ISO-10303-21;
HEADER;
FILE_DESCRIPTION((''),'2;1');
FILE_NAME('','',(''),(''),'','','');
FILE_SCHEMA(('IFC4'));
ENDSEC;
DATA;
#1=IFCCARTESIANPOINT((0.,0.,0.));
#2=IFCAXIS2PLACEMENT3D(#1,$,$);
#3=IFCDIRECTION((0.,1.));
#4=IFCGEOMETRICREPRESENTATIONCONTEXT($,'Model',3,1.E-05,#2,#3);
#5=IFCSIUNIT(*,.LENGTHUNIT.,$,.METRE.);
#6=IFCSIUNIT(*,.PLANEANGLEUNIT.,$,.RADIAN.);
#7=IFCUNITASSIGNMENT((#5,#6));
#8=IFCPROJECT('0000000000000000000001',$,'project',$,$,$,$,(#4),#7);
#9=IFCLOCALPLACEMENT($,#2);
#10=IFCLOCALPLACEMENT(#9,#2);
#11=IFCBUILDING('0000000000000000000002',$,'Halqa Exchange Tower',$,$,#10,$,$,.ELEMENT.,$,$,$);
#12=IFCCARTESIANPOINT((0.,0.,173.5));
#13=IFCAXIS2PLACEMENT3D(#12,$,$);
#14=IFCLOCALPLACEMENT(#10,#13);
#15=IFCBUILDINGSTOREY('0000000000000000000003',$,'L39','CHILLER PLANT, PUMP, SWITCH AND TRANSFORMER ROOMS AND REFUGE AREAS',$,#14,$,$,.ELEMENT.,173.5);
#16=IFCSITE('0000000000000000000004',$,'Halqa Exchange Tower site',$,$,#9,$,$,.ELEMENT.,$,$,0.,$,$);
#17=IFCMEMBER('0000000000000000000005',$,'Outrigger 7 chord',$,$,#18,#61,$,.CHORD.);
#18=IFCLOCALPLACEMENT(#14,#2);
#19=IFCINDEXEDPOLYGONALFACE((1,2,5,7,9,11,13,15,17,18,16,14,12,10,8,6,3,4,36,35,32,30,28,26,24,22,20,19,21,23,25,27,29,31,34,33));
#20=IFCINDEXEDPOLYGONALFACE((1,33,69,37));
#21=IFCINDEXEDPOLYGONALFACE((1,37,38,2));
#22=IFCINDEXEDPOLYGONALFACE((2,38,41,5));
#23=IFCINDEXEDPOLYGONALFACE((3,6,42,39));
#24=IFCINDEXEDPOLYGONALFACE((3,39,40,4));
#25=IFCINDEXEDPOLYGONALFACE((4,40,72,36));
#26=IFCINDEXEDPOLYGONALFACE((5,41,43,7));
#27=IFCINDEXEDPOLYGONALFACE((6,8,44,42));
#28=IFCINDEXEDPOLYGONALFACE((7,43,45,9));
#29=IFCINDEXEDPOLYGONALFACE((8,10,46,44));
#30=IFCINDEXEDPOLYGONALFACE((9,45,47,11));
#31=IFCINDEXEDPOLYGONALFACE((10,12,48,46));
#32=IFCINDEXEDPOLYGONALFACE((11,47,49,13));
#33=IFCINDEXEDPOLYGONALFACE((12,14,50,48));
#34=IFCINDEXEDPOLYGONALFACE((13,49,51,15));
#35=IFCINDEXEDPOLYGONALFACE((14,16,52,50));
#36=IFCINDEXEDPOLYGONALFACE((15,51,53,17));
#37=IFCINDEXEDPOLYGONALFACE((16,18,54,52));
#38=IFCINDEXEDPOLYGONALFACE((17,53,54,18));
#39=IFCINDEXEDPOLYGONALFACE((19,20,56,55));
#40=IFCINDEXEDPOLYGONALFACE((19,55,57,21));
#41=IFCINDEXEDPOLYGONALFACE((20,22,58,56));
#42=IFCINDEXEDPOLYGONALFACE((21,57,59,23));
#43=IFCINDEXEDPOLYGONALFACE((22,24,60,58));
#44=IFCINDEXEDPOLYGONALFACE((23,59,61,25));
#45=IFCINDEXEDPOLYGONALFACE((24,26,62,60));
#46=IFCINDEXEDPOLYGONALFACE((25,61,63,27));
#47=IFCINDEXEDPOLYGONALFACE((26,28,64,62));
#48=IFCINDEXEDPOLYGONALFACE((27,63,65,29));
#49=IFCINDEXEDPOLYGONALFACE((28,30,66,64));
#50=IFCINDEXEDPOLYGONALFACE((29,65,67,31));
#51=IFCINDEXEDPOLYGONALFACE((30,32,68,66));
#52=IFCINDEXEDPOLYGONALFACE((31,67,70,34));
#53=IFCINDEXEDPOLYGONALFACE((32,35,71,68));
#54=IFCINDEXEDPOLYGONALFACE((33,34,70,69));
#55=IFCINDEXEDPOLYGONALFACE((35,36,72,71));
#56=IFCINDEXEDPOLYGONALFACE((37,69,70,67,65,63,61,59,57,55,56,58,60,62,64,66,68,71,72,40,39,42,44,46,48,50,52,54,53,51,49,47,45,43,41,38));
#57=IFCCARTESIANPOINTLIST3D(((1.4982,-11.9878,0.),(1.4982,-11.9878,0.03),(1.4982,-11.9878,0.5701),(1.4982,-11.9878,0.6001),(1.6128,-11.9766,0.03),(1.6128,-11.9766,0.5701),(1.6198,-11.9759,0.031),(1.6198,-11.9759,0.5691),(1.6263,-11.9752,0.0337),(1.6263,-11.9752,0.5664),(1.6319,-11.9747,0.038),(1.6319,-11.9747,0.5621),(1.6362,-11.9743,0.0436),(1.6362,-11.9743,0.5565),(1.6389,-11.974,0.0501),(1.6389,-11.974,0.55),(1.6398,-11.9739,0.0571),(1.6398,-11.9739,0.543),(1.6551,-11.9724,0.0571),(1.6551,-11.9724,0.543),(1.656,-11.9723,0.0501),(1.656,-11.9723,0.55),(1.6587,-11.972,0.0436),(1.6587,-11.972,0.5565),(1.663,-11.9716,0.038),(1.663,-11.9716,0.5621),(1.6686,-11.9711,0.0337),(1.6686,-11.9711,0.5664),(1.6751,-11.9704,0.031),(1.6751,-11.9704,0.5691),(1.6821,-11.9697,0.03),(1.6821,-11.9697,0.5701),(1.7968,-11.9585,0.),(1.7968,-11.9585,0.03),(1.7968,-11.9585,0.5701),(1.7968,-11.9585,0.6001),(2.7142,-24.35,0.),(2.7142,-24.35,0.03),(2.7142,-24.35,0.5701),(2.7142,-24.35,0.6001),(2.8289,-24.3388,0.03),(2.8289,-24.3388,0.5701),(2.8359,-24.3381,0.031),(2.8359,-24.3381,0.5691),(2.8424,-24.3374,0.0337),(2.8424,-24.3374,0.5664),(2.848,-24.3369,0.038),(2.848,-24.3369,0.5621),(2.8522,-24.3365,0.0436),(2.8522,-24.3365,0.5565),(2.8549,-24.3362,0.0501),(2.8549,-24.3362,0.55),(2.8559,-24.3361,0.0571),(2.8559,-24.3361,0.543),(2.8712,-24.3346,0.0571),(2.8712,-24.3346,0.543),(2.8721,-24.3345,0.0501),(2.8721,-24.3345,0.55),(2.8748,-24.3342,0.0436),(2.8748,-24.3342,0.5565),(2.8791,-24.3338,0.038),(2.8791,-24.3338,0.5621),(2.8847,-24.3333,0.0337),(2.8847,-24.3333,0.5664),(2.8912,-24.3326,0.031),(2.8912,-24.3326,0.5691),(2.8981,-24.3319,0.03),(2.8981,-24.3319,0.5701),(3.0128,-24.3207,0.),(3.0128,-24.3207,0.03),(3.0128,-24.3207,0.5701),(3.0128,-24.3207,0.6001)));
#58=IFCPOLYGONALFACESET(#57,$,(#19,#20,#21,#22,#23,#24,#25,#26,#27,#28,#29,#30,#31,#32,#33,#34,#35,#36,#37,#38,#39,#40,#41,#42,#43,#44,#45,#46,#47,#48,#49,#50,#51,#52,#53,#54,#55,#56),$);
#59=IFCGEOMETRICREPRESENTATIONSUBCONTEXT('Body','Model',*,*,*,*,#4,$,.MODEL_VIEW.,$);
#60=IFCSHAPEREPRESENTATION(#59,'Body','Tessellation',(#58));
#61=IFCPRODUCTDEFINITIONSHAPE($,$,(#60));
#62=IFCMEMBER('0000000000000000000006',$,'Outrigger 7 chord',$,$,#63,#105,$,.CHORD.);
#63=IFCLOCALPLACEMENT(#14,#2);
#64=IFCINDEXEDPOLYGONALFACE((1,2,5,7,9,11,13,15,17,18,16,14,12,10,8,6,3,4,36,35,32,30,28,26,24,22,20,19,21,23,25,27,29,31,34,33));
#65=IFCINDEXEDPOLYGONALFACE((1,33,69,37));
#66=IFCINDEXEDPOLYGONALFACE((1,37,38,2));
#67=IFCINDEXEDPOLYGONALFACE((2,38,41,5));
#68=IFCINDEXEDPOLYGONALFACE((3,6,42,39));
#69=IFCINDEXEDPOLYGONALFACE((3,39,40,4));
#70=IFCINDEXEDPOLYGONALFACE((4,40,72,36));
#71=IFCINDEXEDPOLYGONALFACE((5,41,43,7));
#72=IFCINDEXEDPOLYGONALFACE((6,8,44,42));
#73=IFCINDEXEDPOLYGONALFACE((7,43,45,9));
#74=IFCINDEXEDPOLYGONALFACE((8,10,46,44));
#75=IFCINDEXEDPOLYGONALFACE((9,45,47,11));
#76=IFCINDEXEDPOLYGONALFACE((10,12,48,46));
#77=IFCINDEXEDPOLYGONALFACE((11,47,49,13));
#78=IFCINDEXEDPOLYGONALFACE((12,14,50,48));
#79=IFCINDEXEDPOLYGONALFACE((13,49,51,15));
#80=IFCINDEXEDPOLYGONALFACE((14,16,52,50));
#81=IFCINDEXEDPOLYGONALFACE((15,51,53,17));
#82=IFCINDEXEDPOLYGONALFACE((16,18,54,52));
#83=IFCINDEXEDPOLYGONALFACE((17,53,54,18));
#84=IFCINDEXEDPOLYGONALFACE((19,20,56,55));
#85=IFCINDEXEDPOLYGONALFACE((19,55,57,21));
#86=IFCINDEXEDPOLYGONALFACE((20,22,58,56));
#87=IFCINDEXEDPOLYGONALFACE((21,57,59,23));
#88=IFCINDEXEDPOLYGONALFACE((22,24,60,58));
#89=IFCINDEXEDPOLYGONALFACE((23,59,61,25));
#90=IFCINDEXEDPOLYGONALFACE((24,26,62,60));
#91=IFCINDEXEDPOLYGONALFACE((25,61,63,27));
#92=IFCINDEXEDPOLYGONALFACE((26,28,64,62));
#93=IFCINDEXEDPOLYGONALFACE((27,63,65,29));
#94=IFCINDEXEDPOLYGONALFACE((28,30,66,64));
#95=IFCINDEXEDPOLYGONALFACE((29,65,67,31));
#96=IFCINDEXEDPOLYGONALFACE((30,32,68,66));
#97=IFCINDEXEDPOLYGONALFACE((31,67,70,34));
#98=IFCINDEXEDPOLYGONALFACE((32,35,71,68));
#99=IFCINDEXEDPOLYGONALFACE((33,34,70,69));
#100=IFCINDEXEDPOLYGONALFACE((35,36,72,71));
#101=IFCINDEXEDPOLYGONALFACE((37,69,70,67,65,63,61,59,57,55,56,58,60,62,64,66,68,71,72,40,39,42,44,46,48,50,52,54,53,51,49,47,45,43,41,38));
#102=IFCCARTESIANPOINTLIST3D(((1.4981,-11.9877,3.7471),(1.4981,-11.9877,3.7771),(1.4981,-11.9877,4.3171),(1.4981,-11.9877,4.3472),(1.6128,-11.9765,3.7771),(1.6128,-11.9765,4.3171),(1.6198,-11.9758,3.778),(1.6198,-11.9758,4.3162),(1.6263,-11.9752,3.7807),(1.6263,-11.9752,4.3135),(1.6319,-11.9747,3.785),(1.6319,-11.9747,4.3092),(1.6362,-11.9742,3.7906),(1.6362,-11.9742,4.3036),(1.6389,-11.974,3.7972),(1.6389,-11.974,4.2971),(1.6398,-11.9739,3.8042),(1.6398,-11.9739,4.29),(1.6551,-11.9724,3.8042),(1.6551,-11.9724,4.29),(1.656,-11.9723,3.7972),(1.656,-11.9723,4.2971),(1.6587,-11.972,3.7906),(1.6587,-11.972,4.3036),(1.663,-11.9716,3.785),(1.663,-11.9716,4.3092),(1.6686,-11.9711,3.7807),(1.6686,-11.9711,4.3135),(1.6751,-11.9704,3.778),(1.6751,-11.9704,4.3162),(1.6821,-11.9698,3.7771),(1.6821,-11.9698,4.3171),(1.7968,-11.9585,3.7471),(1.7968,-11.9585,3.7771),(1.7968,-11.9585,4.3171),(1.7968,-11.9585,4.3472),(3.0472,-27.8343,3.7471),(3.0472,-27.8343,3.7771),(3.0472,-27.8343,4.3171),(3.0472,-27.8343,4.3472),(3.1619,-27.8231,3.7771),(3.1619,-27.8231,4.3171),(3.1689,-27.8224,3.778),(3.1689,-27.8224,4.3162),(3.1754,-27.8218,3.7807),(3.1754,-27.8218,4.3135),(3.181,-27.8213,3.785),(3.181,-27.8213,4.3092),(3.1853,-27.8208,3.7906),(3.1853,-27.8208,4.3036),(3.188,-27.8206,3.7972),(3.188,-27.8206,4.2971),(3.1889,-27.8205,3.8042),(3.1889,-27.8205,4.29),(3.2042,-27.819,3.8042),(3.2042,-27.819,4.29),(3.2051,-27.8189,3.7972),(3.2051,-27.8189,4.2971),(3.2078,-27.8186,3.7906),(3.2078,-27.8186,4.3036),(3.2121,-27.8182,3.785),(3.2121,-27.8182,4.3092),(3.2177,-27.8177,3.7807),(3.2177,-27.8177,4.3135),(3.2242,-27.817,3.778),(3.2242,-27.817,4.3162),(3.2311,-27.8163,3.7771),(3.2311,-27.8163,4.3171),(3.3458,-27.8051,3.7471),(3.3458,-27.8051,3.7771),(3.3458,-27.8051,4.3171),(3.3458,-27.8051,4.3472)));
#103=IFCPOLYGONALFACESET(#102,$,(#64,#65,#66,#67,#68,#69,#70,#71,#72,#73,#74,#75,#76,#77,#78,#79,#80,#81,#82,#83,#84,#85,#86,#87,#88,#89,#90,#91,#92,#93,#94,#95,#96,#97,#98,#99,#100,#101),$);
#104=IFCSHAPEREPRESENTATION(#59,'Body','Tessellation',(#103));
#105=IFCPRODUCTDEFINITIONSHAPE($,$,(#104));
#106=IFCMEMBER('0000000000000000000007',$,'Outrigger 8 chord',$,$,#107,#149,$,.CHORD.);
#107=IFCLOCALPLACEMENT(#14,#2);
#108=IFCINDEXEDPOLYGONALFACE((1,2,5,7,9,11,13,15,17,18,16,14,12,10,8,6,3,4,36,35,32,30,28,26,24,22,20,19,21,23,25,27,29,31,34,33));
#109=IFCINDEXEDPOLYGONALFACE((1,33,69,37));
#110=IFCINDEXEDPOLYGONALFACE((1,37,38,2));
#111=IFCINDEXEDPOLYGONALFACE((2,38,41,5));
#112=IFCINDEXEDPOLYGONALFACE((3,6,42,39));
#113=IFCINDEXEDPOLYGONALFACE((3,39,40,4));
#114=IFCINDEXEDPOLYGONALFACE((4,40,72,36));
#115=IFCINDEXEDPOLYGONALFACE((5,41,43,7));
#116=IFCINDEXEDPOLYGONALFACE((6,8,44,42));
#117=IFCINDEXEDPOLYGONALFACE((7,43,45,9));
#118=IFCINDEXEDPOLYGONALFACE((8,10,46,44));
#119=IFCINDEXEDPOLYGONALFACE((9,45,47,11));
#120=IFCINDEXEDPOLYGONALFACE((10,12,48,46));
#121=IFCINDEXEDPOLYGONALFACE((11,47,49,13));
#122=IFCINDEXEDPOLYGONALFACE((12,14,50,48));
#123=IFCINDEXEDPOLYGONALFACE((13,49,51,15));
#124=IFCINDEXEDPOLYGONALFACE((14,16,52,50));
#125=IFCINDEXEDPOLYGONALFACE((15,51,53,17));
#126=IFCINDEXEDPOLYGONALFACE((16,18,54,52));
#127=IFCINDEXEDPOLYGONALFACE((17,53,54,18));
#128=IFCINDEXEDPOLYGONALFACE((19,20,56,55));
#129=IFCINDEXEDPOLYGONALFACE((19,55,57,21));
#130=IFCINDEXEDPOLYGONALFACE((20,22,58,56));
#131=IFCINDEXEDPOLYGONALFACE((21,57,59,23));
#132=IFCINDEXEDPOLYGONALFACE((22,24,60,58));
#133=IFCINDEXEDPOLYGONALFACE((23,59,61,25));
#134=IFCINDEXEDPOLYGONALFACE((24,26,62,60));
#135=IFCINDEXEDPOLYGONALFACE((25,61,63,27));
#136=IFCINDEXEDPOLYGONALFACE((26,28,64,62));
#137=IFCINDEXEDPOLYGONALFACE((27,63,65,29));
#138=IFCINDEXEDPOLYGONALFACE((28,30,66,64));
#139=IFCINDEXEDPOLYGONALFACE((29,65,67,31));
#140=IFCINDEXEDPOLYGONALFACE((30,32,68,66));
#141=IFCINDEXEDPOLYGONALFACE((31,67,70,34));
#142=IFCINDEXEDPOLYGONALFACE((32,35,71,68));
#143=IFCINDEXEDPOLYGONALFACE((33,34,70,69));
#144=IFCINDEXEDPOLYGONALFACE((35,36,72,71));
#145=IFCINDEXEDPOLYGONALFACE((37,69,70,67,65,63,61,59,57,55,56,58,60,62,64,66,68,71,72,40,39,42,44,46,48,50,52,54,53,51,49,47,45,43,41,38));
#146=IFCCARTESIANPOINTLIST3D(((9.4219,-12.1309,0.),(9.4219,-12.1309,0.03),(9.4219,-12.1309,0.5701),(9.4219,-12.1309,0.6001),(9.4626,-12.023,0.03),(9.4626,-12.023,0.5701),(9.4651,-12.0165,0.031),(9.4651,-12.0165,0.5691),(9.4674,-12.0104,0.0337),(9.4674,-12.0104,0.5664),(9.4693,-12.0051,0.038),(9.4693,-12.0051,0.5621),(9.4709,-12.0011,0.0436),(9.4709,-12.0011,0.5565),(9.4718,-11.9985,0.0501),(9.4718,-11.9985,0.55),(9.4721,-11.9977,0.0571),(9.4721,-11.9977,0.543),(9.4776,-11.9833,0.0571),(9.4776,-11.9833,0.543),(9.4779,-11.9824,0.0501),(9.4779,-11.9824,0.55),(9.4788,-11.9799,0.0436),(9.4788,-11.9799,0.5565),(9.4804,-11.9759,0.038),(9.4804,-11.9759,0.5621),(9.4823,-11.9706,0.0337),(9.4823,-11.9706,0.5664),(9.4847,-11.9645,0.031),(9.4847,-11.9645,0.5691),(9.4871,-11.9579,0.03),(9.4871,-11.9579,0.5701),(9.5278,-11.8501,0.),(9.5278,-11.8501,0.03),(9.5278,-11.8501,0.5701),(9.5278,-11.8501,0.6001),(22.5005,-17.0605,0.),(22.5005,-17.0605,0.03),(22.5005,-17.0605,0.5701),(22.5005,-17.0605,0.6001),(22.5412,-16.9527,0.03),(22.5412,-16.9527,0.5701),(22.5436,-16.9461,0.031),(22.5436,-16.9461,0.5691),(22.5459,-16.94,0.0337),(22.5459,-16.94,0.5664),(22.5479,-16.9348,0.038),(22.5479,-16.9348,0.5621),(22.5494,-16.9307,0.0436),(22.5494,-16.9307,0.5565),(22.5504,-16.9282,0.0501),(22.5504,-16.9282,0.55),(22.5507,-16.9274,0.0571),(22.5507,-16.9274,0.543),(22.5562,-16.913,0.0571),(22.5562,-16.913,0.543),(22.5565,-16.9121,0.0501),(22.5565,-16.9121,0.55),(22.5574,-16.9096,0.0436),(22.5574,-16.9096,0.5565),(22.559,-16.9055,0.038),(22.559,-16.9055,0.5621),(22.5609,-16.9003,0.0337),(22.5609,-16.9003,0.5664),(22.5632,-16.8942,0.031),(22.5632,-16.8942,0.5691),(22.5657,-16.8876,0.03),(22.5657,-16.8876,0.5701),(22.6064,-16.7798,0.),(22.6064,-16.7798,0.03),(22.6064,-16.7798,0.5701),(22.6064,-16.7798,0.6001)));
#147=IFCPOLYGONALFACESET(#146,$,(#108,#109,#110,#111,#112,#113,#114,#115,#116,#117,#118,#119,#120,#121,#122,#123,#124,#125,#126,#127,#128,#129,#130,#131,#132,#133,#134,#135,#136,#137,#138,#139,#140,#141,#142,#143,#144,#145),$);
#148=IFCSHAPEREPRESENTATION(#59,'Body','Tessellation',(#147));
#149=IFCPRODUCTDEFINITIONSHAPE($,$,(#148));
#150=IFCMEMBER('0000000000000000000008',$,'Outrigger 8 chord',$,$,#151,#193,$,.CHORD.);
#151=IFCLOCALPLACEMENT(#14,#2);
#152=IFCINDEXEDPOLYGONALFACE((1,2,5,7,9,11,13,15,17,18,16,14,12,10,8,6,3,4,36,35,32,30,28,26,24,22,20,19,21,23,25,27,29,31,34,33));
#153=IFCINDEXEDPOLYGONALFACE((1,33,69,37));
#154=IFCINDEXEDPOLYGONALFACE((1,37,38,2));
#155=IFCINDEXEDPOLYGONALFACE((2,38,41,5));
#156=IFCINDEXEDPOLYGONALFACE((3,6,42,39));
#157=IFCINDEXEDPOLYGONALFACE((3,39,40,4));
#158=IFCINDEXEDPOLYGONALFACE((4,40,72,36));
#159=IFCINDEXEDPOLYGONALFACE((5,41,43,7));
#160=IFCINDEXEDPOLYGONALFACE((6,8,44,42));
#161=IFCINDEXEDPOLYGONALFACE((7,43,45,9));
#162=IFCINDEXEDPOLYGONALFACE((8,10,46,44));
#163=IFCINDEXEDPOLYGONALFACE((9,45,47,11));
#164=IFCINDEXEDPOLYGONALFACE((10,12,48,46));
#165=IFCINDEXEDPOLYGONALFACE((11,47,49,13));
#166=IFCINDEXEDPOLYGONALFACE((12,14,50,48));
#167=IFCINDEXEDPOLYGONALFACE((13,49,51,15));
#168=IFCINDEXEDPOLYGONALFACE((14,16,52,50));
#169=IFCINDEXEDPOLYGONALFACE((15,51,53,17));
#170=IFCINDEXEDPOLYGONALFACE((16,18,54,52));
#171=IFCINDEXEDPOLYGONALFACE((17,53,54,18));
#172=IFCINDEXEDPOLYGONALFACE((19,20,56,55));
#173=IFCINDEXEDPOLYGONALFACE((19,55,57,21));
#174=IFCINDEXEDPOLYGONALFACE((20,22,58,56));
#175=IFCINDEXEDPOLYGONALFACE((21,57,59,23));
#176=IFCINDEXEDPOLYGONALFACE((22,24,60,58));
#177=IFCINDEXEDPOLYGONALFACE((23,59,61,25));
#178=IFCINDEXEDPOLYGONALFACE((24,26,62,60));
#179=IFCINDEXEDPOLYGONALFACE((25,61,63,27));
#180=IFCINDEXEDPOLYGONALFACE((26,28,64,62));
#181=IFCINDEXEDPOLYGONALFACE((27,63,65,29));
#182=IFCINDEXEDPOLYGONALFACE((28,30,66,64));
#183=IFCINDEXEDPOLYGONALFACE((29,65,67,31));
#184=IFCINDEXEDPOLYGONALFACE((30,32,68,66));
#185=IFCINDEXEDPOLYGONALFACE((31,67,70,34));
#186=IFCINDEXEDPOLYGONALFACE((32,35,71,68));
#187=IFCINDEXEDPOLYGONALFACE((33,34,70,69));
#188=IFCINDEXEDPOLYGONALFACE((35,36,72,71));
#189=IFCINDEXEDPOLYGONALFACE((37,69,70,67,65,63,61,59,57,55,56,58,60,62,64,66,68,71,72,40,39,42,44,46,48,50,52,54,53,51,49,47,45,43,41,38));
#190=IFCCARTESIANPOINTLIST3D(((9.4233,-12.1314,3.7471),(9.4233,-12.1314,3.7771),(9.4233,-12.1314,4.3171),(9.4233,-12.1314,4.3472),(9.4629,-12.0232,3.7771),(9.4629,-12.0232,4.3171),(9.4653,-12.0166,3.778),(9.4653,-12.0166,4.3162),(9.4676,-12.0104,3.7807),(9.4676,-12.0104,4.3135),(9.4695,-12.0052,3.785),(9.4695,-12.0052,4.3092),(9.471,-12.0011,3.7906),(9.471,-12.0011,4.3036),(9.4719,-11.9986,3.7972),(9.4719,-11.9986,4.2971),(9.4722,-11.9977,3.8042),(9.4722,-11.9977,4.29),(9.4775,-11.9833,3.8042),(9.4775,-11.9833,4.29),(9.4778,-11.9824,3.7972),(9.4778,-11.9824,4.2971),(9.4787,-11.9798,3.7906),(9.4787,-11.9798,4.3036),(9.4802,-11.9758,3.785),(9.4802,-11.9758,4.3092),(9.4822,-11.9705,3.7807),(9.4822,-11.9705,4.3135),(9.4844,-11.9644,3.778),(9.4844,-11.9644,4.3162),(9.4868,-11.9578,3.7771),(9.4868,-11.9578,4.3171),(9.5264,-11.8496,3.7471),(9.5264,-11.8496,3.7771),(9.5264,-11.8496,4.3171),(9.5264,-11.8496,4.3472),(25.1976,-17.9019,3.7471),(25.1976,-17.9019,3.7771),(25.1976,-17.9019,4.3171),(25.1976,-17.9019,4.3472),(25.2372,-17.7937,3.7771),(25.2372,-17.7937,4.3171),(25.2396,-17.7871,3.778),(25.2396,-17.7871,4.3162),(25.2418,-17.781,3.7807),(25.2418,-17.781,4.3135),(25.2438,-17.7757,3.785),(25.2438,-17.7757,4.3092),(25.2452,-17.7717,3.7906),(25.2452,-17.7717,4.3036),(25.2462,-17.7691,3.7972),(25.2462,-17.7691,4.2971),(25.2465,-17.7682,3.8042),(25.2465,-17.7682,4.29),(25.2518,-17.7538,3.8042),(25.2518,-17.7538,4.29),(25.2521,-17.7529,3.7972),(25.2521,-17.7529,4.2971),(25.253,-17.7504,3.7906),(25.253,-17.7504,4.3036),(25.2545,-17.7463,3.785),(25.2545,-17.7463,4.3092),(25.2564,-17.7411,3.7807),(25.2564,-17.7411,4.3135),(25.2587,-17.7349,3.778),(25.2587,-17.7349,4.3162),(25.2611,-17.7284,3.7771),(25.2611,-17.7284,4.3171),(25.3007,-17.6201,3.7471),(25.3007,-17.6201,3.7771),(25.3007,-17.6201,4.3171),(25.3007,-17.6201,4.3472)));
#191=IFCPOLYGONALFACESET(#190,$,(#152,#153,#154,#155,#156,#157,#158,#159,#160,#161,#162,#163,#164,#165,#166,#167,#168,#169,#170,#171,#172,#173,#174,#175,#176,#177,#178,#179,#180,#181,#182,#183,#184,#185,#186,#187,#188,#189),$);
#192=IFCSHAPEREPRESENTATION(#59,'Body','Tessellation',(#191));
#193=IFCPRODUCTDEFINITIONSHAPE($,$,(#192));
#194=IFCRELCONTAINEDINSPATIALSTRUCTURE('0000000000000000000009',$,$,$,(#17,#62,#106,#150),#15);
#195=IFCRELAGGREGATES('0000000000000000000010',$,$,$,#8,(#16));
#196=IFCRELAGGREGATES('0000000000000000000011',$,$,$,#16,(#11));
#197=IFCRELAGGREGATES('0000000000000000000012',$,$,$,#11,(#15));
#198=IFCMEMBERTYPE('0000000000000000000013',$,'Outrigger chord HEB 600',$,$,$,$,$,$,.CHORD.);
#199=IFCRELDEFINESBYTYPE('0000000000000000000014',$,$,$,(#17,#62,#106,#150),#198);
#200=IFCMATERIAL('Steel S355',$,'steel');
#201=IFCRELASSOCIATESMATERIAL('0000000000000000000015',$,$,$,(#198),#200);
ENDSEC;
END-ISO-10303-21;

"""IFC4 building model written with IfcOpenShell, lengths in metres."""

from ifc_helpers import new_model, si_unit, direction, frame, origin, origin_2d, place, context, subcontext, project, spatial, i_section, extrude, material, material_profile, profile_set, type_object, element, save


model = new_model("IFC4")

# Units and contexts
model_context = context("Model", 3, precision=1e-05, world=origin(), true_north=direction((0.0, 1.0)))
body_context = subcontext(model_context, "Body", "Model", "MODEL_VIEW")
ifc_project = project(units=[si_unit("LENGTHUNIT", "METRE"), si_unit("PLANEANGLEUNIT", "RADIAN")], contexts=[model_context])

# Site, building, storey
site_placement = place(None, origin())
site = spatial("IfcSite", under=ifc_project, at=site_placement, Name="Halqa Exchange Tower site", CompositionType="ELEMENT", RefElevation=0.0)
building_placement = place(site_placement, origin())
building = spatial("IfcBuilding", under=site, at=building_placement, Name="Halqa Exchange Tower", CompositionType="ELEMENT")
storey_placement = place(building_placement, frame((0.0, 0.0, 173.5)))
storey = spatial("IfcBuildingStorey", under=building, at=storey_placement, Name="L39", Description="CHILLER PLANT, PUMP, SWITCH AND TRANSFORMER ROOMS AND REFUGE AREAS", CompositionType="ELEMENT", Elevation=173.5)

# Shared definitions
ifc_material_1 = material(Name="Steel S355", Category="steel")

# Members
ifc_material_profile_1 = material_profile(ifc_material_1, i_section(OverallWidth=0.3, OverallDepth=0.6001, WebThickness=0.0154, FlangeThickness=0.03, FilletRadius=0.0271, at=origin_2d()), Name="HEB 600")
ifc_profile_set_1 = profile_set([ifc_material_profile_1], Name="Steel S355")
member_type_1 = type_object("IfcMemberType", Name="Outrigger chord HEB 600", PredefinedType="CHORD", material=ifc_profile_set_1)
member_1_placement = place(storey_placement, frame((1.6475, -11.9731, 0.3), z_axis=(0.097896, -0.995197, 0.0), x_axis=(0.995197, 0.097896, 0.0)))
element("IfcMember", 1, at=member_1_placement, inside=storey, type_object=member_type_1, Name="Outrigger 7 chord", PredefinedType="CHORD", context=body_context, shape_type="SweptSolid", body=[
    extrude(i_section(OverallWidth=0.3, OverallDepth=0.6001, WebThickness=0.0154, FlangeThickness=0.03, FilletRadius=0.0271, at=origin_2d()), origin(), (0.0, 0.0, 1.0), 12.4219),
])
member_2_placement = place(storey_placement, frame((1.6475, -11.9731, 4.0471), z_axis=(0.09729, -0.995256, 0.0), x_axis=(0.995256, 0.09729, 0.0)))
element("IfcMember", 2, at=member_2_placement, inside=storey, type_object=member_type_1, Name="Outrigger 7 chord", PredefinedType="CHORD", context=body_context, shape_type="SweptSolid", body=[
    extrude(i_section(OverallWidth=0.3, OverallDepth=0.6001, WebThickness=0.0154, FlangeThickness=0.03, FilletRadius=0.0271, at=origin_2d()), origin(), (0.0, 0.0, 1.0), 15.9221),
])
member_3_placement = place(storey_placement, frame((9.4749, -11.9905, 0.3), z_axis=(0.935735, -0.352704, 0.0), x_axis=(0.352704, 0.935735, 0.0)))
element("IfcMember", 3, at=member_3_placement, inside=storey, type_object=member_type_1, Name="Outrigger 8 chord", PredefinedType="CHORD", context=body_context, shape_type="SweptSolid", body=[
    extrude(i_section(OverallWidth=0.3, OverallDepth=0.6001, WebThickness=0.0154, FlangeThickness=0.03, FilletRadius=0.0271, at=origin_2d()), origin(), (0.0, 0.0, 1.0), 13.9768),
])
member_4_placement = place(storey_placement, frame((9.4749, -11.9905, 4.0471), z_axis=(0.939133, -0.343554, 0.0), x_axis=(0.343554, 0.939133, 0.0)))
element("IfcMember", 4, at=member_4_placement, inside=storey, type_object=member_type_1, Name="Outrigger 8 chord", PredefinedType="CHORD", context=body_context, shape_type="SweptSolid", body=[
    extrude(i_section(OverallWidth=0.3, OverallDepth=0.6001, WebThickness=0.0154, FlangeThickness=0.03, FilletRadius=0.0271, at=origin_2d()), origin(), (0.0, 0.0, 1.0), 16.7966),
])

save(model, "model.ifc")
